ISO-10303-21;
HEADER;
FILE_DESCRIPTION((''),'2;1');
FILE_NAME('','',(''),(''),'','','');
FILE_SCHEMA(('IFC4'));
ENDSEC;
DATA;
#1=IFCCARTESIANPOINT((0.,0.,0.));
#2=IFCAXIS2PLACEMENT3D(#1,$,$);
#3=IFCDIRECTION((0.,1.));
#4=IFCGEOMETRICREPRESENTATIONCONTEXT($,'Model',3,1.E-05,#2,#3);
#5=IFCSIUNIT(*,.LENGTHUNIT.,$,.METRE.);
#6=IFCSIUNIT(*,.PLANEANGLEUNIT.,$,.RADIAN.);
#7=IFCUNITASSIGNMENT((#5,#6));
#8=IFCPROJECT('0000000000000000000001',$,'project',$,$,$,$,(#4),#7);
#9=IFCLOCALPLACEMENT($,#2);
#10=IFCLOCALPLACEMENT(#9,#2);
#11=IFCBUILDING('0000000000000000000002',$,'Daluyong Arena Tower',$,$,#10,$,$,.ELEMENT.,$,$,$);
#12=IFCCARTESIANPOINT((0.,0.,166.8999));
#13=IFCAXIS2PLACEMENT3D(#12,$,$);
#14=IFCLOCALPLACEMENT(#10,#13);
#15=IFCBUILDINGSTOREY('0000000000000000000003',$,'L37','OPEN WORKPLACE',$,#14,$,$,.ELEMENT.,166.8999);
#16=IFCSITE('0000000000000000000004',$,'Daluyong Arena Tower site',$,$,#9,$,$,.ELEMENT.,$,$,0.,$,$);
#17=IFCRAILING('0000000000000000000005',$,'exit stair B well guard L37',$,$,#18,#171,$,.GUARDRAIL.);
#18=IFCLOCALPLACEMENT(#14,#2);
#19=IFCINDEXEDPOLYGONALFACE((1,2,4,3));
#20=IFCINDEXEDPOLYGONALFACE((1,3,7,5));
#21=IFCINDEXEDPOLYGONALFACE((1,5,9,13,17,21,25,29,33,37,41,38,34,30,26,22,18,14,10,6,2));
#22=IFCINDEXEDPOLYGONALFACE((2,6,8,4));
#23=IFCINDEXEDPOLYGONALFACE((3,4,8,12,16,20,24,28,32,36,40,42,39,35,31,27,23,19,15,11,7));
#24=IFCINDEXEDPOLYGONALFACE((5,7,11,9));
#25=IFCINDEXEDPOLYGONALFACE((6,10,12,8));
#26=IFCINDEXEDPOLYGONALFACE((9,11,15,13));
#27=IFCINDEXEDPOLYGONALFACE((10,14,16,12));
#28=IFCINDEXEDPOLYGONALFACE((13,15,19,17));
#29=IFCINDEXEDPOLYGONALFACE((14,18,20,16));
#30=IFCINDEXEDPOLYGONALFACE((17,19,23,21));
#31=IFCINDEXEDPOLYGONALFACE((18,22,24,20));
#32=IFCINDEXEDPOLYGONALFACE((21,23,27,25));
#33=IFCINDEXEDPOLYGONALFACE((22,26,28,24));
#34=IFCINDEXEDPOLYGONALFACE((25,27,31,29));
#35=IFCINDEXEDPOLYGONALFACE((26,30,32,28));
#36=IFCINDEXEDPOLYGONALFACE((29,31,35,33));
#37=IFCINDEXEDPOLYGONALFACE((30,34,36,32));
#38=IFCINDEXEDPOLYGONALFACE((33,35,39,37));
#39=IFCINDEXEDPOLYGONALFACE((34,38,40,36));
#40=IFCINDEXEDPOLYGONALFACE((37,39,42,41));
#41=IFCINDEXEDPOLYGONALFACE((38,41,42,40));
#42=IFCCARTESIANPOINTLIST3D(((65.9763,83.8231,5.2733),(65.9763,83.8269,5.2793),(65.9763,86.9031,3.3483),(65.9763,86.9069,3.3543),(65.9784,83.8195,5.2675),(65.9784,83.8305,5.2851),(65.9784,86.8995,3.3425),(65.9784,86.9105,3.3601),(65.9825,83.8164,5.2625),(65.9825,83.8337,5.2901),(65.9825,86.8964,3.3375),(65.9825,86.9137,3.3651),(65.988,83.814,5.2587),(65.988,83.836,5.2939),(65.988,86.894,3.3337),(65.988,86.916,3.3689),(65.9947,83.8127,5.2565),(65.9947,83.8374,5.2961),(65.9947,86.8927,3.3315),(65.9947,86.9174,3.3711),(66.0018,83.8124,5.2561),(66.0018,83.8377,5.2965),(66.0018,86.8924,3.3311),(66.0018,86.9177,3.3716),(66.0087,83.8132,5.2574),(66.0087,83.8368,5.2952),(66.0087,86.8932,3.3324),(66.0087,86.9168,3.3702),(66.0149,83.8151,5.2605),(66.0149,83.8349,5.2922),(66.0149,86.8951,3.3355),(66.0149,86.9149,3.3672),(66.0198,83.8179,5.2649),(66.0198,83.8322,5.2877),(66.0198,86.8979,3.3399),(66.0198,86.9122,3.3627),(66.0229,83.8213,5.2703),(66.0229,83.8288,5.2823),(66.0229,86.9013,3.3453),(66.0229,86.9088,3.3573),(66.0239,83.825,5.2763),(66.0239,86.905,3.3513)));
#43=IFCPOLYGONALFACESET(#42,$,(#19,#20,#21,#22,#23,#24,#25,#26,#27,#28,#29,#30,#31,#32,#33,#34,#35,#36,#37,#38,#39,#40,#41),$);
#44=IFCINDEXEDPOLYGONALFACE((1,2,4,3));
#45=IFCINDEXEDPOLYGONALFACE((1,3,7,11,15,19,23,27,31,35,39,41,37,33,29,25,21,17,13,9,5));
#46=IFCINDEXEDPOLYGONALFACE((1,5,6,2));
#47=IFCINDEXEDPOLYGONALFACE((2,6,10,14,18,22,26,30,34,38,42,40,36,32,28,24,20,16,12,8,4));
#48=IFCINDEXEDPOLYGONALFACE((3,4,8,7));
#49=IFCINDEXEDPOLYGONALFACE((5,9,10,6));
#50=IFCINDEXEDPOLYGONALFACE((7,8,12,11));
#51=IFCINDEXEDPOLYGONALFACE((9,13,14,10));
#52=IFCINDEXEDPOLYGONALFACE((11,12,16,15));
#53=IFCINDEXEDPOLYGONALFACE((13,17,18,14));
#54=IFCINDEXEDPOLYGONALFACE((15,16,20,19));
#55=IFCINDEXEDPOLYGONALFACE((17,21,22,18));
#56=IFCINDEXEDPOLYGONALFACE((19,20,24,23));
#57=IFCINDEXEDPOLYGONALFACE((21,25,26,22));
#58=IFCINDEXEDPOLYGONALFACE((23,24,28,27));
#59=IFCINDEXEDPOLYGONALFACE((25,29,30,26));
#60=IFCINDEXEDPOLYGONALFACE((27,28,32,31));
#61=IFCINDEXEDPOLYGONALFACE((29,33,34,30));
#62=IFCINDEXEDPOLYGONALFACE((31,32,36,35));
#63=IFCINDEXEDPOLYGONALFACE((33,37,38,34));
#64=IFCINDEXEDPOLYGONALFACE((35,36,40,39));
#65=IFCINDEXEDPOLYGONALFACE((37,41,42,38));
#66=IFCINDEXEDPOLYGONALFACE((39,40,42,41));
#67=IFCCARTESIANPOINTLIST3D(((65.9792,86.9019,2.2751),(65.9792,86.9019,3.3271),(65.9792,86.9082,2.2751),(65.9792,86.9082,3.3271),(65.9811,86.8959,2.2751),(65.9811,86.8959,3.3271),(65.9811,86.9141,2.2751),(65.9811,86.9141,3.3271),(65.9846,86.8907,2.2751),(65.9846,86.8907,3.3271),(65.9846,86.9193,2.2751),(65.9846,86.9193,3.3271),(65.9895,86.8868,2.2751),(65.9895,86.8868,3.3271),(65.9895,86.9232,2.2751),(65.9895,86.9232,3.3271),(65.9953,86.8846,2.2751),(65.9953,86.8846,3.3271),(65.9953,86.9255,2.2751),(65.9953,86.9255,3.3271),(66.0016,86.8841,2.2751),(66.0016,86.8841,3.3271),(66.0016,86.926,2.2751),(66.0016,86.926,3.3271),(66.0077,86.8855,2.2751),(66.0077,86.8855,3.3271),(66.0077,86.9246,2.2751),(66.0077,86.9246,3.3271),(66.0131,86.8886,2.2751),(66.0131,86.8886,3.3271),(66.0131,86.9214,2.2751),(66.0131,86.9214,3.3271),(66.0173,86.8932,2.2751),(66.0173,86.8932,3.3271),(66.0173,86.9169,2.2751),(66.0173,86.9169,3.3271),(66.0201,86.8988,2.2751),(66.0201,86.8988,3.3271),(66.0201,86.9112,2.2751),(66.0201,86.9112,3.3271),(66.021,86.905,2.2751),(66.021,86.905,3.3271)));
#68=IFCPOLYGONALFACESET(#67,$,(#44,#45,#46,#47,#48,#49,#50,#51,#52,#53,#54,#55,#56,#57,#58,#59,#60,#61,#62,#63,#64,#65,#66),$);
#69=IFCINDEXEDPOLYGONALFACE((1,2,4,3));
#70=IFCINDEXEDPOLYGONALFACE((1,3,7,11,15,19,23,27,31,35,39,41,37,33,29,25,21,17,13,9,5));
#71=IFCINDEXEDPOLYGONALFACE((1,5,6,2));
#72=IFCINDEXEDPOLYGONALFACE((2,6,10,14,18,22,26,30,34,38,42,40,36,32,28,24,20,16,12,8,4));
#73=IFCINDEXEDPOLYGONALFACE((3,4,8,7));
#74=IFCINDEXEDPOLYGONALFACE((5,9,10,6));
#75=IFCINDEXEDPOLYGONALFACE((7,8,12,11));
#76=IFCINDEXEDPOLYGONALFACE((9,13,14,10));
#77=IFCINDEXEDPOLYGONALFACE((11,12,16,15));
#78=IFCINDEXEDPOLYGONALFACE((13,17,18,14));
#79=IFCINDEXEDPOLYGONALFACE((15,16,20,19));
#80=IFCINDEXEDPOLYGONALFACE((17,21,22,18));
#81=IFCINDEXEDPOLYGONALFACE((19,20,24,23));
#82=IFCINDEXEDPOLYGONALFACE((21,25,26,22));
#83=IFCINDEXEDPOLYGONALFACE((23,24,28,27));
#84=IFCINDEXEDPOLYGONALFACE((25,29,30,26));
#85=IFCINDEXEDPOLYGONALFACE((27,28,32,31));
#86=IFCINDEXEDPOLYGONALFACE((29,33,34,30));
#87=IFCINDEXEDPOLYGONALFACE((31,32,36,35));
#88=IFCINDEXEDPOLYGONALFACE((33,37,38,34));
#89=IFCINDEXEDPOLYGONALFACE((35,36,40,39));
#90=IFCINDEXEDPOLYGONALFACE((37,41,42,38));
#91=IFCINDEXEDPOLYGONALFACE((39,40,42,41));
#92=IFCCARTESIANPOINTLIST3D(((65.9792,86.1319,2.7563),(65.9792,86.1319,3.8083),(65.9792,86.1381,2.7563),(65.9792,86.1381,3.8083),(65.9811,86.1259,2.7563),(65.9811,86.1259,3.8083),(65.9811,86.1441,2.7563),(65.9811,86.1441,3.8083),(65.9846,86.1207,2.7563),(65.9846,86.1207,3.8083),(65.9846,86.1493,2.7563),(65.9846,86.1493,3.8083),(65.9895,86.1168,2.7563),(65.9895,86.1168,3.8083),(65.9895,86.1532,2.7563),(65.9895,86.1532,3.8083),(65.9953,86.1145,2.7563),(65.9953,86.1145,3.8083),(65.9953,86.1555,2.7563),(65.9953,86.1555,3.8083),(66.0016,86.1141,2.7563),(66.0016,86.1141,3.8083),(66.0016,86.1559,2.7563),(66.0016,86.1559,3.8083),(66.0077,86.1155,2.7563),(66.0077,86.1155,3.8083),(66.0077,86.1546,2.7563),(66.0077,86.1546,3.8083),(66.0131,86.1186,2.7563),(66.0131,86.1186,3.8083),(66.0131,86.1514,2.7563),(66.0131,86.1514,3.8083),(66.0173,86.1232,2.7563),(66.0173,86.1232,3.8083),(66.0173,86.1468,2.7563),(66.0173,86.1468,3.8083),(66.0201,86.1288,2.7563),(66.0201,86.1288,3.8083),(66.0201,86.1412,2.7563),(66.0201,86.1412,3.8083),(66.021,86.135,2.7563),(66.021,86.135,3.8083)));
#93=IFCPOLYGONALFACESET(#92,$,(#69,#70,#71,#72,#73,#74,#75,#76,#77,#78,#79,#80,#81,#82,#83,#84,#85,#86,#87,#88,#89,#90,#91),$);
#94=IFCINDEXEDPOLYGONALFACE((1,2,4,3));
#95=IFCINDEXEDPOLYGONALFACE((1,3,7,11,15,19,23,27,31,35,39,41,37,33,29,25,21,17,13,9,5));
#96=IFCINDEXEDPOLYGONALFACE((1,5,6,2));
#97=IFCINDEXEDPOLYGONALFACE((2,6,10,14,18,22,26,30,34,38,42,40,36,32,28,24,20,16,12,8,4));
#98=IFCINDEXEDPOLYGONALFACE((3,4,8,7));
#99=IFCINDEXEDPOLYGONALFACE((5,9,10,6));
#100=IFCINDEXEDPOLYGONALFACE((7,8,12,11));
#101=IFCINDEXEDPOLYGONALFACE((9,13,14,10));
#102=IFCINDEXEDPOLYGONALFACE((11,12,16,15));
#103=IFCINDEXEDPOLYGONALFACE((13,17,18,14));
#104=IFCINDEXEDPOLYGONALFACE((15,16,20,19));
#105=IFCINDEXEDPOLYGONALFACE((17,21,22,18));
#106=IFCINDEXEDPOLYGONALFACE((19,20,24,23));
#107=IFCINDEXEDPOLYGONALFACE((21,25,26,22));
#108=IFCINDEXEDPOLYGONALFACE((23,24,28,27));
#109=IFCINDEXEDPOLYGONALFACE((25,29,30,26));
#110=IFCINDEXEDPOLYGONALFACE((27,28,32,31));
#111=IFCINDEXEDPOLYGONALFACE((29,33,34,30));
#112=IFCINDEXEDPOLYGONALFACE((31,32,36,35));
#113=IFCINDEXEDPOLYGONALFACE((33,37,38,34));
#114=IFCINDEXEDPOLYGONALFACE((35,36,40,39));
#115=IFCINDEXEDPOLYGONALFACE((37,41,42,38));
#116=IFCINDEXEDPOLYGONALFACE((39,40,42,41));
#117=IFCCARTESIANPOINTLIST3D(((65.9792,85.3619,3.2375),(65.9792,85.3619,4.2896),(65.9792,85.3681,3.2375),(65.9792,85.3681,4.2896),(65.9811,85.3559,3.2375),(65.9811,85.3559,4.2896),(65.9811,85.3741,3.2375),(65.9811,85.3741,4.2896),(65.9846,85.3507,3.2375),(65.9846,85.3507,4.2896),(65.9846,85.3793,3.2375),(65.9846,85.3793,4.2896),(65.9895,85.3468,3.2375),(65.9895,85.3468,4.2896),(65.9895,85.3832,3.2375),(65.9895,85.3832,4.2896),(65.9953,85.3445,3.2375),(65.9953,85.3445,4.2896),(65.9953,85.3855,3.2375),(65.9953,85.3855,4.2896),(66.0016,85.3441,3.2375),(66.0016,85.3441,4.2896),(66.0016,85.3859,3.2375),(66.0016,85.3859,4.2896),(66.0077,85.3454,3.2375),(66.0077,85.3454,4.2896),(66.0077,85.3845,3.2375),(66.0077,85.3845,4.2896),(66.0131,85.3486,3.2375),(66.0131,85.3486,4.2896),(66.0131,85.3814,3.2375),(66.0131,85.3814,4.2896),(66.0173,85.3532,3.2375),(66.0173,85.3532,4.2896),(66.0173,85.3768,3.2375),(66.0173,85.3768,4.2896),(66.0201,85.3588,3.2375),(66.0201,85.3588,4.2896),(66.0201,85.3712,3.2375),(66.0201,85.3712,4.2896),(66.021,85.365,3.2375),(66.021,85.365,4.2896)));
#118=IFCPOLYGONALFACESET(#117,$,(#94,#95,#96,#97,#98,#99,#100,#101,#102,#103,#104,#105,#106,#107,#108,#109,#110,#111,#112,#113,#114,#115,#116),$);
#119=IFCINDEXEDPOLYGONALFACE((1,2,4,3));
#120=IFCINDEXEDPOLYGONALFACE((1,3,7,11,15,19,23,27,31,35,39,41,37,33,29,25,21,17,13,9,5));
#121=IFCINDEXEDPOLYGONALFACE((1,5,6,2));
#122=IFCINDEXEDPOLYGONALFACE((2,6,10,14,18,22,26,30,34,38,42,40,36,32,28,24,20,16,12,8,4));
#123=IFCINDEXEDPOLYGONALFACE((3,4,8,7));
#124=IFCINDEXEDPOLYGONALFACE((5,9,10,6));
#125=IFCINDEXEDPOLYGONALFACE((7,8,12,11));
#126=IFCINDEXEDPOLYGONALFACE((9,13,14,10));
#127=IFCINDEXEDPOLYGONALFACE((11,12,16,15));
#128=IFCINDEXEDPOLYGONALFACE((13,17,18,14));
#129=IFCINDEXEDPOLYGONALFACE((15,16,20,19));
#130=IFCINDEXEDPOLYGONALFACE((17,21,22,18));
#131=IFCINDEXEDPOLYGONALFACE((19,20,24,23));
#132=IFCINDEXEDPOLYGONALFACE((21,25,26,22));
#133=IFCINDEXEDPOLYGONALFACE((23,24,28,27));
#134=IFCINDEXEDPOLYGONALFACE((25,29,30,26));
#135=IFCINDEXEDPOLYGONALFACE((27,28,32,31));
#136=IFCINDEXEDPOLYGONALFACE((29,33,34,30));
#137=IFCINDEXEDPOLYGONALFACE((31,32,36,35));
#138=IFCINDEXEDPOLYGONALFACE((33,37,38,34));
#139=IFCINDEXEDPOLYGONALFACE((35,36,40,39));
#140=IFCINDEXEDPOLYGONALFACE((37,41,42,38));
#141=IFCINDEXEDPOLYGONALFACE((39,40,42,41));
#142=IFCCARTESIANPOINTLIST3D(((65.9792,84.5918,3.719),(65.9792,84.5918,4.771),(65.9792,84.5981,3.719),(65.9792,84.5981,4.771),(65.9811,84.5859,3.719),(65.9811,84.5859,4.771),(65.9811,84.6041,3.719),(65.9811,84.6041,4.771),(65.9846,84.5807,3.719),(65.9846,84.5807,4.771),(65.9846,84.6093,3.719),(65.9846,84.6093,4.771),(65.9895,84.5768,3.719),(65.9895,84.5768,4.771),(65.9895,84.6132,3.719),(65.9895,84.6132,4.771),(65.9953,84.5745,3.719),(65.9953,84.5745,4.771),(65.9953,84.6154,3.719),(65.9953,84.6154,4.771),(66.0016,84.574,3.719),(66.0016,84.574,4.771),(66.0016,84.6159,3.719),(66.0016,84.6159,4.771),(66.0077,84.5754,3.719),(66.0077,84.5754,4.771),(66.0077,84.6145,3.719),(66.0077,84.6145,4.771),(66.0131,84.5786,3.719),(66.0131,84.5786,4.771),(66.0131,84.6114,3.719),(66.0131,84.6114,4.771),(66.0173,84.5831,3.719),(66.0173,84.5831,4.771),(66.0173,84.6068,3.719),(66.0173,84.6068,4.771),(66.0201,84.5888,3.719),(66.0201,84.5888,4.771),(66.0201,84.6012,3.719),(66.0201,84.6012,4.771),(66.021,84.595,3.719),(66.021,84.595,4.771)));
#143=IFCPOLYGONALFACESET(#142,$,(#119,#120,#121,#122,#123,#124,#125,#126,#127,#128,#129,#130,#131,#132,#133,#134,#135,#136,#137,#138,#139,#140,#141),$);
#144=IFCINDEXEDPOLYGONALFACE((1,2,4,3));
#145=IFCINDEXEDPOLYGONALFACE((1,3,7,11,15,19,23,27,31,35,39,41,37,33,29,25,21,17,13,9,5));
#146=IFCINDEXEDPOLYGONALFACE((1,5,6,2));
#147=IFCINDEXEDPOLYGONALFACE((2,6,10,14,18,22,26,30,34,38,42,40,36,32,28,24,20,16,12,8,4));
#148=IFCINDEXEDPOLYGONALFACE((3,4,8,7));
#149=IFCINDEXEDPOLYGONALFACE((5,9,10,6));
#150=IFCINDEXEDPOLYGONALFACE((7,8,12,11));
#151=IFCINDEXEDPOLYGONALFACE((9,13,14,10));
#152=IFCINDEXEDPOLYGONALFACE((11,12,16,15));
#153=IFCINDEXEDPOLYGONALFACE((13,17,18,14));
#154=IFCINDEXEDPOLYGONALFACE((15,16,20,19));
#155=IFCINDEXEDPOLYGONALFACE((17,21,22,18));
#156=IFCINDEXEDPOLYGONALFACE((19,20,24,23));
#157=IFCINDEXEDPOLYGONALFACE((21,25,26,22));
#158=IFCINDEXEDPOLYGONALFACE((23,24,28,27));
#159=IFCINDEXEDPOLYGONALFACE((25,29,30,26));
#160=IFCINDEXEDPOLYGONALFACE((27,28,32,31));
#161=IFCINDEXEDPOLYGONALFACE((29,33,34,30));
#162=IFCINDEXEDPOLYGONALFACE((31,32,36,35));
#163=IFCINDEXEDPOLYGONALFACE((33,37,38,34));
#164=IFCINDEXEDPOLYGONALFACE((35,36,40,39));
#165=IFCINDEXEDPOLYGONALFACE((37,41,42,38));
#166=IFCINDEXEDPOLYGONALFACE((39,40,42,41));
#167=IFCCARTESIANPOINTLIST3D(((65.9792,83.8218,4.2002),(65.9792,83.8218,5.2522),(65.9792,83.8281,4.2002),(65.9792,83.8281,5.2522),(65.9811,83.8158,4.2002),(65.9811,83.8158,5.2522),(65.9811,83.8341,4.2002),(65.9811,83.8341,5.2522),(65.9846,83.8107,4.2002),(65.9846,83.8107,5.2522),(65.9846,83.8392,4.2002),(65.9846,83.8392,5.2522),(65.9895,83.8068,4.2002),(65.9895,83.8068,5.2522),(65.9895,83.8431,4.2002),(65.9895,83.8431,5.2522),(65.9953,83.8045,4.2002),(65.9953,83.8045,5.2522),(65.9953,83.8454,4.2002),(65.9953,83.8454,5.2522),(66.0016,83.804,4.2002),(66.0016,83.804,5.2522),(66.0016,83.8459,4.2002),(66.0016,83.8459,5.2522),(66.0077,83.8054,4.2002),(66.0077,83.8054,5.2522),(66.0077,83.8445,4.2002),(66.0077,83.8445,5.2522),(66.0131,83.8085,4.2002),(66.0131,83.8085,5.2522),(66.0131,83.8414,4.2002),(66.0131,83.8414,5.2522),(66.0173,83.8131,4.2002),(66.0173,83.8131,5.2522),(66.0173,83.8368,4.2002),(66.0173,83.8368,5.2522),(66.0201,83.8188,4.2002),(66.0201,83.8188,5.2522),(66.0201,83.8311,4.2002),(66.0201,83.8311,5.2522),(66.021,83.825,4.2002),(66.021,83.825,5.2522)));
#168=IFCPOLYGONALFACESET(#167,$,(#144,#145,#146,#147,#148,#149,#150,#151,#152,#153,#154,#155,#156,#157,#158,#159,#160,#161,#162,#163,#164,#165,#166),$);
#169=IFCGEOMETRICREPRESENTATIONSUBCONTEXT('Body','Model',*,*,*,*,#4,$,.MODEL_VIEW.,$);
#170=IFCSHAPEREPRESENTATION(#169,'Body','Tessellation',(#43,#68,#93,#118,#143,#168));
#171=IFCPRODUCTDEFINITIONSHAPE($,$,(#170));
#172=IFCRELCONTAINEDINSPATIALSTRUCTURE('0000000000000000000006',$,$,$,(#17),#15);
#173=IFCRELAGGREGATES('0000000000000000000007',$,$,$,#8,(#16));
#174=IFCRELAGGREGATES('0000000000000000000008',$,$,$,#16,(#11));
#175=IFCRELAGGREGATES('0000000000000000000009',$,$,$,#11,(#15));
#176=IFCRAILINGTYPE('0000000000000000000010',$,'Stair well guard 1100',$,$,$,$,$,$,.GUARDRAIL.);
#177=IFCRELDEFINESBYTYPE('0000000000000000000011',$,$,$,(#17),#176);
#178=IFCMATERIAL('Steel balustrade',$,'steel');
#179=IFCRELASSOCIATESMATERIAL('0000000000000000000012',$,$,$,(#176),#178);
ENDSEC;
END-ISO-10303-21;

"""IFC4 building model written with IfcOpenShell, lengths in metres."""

from ifc_helpers import new_model, si_unit, direction, frame, origin, origin_2d, place, context, subcontext, project, spatial, circle, extrude, material, type_object, element, save


model = new_model("IFC4")

# Units and contexts
model_context = context("Model", 3, precision=1e-05, world=origin(), true_north=direction((0.0, 1.0)))
body_context = subcontext(model_context, "Body", "Model", "MODEL_VIEW")
ifc_project = project(units=[si_unit("LENGTHUNIT", "METRE"), si_unit("PLANEANGLEUNIT", "RADIAN")], contexts=[model_context])

# Site, building, storey
site_placement = place(None, origin())
site = spatial("IfcSite", under=ifc_project, at=site_placement, Name="Daluyong Arena Tower site", CompositionType="ELEMENT", RefElevation=0.0)
building_placement = place(site_placement, origin())
building = spatial("IfcBuilding", under=site, at=building_placement, Name="Daluyong Arena Tower", CompositionType="ELEMENT")
storey_placement = place(building_placement, frame((0.0, 0.0, 166.8999)))
storey = spatial("IfcBuildingStorey", under=building, at=storey_placement, Name="L37", Description="OPEN WORKPLACE", CompositionType="ELEMENT", Elevation=166.8999)

# Railing
ifc_material_1 = material(Name="Steel balustrade", Category="steel")
railing_type_1 = type_object("IfcRailingType", Name="Stair well guard 1100", PredefinedType="GUARDRAIL", material=ifc_material_1)
railing_1_placement = place(storey_placement, frame((66.0, 86.905, 2.2751)))
element("IfcRailing", 1, at=railing_1_placement, inside=storey, type_object=railing_type_1, Name="exit stair B well guard L37", PredefinedType="GUARDRAIL", context=body_context, shape_type="SweptSolid", body=[
    extrude(circle(Radius=0.0239, at=origin_2d()), frame((0.0, 0.0, 1.0762), z_axis=(0.0, -0.847998, 0.529999), x_axis=(1.0, 0.0, 0.0)), (0.0, 0.0, 1.0), 3.6321),
    extrude(circle(Radius=0.021, at=origin_2d()), origin(), (0.0, 0.0, 1.0), 1.052),
    extrude(circle(Radius=0.021, at=origin_2d()), frame((0.0, -0.77, 0.4812)), (0.0, 0.0, 1.0), 1.052),
    extrude(circle(Radius=0.021, at=origin_2d()), frame((0.0, -1.54, 0.9624)), (0.0, 0.0, 1.0), 1.052),
    extrude(circle(Radius=0.021, at=origin_2d()), frame((0.0, -2.3101, 1.4438)), (0.0, 0.0, 1.0), 1.052),
    extrude(circle(Radius=0.021, at=origin_2d()), frame((0.0, -3.0801, 1.925)), (0.0, 0.0, 1.0), 1.052),
])

save(model, "model.ifc")
